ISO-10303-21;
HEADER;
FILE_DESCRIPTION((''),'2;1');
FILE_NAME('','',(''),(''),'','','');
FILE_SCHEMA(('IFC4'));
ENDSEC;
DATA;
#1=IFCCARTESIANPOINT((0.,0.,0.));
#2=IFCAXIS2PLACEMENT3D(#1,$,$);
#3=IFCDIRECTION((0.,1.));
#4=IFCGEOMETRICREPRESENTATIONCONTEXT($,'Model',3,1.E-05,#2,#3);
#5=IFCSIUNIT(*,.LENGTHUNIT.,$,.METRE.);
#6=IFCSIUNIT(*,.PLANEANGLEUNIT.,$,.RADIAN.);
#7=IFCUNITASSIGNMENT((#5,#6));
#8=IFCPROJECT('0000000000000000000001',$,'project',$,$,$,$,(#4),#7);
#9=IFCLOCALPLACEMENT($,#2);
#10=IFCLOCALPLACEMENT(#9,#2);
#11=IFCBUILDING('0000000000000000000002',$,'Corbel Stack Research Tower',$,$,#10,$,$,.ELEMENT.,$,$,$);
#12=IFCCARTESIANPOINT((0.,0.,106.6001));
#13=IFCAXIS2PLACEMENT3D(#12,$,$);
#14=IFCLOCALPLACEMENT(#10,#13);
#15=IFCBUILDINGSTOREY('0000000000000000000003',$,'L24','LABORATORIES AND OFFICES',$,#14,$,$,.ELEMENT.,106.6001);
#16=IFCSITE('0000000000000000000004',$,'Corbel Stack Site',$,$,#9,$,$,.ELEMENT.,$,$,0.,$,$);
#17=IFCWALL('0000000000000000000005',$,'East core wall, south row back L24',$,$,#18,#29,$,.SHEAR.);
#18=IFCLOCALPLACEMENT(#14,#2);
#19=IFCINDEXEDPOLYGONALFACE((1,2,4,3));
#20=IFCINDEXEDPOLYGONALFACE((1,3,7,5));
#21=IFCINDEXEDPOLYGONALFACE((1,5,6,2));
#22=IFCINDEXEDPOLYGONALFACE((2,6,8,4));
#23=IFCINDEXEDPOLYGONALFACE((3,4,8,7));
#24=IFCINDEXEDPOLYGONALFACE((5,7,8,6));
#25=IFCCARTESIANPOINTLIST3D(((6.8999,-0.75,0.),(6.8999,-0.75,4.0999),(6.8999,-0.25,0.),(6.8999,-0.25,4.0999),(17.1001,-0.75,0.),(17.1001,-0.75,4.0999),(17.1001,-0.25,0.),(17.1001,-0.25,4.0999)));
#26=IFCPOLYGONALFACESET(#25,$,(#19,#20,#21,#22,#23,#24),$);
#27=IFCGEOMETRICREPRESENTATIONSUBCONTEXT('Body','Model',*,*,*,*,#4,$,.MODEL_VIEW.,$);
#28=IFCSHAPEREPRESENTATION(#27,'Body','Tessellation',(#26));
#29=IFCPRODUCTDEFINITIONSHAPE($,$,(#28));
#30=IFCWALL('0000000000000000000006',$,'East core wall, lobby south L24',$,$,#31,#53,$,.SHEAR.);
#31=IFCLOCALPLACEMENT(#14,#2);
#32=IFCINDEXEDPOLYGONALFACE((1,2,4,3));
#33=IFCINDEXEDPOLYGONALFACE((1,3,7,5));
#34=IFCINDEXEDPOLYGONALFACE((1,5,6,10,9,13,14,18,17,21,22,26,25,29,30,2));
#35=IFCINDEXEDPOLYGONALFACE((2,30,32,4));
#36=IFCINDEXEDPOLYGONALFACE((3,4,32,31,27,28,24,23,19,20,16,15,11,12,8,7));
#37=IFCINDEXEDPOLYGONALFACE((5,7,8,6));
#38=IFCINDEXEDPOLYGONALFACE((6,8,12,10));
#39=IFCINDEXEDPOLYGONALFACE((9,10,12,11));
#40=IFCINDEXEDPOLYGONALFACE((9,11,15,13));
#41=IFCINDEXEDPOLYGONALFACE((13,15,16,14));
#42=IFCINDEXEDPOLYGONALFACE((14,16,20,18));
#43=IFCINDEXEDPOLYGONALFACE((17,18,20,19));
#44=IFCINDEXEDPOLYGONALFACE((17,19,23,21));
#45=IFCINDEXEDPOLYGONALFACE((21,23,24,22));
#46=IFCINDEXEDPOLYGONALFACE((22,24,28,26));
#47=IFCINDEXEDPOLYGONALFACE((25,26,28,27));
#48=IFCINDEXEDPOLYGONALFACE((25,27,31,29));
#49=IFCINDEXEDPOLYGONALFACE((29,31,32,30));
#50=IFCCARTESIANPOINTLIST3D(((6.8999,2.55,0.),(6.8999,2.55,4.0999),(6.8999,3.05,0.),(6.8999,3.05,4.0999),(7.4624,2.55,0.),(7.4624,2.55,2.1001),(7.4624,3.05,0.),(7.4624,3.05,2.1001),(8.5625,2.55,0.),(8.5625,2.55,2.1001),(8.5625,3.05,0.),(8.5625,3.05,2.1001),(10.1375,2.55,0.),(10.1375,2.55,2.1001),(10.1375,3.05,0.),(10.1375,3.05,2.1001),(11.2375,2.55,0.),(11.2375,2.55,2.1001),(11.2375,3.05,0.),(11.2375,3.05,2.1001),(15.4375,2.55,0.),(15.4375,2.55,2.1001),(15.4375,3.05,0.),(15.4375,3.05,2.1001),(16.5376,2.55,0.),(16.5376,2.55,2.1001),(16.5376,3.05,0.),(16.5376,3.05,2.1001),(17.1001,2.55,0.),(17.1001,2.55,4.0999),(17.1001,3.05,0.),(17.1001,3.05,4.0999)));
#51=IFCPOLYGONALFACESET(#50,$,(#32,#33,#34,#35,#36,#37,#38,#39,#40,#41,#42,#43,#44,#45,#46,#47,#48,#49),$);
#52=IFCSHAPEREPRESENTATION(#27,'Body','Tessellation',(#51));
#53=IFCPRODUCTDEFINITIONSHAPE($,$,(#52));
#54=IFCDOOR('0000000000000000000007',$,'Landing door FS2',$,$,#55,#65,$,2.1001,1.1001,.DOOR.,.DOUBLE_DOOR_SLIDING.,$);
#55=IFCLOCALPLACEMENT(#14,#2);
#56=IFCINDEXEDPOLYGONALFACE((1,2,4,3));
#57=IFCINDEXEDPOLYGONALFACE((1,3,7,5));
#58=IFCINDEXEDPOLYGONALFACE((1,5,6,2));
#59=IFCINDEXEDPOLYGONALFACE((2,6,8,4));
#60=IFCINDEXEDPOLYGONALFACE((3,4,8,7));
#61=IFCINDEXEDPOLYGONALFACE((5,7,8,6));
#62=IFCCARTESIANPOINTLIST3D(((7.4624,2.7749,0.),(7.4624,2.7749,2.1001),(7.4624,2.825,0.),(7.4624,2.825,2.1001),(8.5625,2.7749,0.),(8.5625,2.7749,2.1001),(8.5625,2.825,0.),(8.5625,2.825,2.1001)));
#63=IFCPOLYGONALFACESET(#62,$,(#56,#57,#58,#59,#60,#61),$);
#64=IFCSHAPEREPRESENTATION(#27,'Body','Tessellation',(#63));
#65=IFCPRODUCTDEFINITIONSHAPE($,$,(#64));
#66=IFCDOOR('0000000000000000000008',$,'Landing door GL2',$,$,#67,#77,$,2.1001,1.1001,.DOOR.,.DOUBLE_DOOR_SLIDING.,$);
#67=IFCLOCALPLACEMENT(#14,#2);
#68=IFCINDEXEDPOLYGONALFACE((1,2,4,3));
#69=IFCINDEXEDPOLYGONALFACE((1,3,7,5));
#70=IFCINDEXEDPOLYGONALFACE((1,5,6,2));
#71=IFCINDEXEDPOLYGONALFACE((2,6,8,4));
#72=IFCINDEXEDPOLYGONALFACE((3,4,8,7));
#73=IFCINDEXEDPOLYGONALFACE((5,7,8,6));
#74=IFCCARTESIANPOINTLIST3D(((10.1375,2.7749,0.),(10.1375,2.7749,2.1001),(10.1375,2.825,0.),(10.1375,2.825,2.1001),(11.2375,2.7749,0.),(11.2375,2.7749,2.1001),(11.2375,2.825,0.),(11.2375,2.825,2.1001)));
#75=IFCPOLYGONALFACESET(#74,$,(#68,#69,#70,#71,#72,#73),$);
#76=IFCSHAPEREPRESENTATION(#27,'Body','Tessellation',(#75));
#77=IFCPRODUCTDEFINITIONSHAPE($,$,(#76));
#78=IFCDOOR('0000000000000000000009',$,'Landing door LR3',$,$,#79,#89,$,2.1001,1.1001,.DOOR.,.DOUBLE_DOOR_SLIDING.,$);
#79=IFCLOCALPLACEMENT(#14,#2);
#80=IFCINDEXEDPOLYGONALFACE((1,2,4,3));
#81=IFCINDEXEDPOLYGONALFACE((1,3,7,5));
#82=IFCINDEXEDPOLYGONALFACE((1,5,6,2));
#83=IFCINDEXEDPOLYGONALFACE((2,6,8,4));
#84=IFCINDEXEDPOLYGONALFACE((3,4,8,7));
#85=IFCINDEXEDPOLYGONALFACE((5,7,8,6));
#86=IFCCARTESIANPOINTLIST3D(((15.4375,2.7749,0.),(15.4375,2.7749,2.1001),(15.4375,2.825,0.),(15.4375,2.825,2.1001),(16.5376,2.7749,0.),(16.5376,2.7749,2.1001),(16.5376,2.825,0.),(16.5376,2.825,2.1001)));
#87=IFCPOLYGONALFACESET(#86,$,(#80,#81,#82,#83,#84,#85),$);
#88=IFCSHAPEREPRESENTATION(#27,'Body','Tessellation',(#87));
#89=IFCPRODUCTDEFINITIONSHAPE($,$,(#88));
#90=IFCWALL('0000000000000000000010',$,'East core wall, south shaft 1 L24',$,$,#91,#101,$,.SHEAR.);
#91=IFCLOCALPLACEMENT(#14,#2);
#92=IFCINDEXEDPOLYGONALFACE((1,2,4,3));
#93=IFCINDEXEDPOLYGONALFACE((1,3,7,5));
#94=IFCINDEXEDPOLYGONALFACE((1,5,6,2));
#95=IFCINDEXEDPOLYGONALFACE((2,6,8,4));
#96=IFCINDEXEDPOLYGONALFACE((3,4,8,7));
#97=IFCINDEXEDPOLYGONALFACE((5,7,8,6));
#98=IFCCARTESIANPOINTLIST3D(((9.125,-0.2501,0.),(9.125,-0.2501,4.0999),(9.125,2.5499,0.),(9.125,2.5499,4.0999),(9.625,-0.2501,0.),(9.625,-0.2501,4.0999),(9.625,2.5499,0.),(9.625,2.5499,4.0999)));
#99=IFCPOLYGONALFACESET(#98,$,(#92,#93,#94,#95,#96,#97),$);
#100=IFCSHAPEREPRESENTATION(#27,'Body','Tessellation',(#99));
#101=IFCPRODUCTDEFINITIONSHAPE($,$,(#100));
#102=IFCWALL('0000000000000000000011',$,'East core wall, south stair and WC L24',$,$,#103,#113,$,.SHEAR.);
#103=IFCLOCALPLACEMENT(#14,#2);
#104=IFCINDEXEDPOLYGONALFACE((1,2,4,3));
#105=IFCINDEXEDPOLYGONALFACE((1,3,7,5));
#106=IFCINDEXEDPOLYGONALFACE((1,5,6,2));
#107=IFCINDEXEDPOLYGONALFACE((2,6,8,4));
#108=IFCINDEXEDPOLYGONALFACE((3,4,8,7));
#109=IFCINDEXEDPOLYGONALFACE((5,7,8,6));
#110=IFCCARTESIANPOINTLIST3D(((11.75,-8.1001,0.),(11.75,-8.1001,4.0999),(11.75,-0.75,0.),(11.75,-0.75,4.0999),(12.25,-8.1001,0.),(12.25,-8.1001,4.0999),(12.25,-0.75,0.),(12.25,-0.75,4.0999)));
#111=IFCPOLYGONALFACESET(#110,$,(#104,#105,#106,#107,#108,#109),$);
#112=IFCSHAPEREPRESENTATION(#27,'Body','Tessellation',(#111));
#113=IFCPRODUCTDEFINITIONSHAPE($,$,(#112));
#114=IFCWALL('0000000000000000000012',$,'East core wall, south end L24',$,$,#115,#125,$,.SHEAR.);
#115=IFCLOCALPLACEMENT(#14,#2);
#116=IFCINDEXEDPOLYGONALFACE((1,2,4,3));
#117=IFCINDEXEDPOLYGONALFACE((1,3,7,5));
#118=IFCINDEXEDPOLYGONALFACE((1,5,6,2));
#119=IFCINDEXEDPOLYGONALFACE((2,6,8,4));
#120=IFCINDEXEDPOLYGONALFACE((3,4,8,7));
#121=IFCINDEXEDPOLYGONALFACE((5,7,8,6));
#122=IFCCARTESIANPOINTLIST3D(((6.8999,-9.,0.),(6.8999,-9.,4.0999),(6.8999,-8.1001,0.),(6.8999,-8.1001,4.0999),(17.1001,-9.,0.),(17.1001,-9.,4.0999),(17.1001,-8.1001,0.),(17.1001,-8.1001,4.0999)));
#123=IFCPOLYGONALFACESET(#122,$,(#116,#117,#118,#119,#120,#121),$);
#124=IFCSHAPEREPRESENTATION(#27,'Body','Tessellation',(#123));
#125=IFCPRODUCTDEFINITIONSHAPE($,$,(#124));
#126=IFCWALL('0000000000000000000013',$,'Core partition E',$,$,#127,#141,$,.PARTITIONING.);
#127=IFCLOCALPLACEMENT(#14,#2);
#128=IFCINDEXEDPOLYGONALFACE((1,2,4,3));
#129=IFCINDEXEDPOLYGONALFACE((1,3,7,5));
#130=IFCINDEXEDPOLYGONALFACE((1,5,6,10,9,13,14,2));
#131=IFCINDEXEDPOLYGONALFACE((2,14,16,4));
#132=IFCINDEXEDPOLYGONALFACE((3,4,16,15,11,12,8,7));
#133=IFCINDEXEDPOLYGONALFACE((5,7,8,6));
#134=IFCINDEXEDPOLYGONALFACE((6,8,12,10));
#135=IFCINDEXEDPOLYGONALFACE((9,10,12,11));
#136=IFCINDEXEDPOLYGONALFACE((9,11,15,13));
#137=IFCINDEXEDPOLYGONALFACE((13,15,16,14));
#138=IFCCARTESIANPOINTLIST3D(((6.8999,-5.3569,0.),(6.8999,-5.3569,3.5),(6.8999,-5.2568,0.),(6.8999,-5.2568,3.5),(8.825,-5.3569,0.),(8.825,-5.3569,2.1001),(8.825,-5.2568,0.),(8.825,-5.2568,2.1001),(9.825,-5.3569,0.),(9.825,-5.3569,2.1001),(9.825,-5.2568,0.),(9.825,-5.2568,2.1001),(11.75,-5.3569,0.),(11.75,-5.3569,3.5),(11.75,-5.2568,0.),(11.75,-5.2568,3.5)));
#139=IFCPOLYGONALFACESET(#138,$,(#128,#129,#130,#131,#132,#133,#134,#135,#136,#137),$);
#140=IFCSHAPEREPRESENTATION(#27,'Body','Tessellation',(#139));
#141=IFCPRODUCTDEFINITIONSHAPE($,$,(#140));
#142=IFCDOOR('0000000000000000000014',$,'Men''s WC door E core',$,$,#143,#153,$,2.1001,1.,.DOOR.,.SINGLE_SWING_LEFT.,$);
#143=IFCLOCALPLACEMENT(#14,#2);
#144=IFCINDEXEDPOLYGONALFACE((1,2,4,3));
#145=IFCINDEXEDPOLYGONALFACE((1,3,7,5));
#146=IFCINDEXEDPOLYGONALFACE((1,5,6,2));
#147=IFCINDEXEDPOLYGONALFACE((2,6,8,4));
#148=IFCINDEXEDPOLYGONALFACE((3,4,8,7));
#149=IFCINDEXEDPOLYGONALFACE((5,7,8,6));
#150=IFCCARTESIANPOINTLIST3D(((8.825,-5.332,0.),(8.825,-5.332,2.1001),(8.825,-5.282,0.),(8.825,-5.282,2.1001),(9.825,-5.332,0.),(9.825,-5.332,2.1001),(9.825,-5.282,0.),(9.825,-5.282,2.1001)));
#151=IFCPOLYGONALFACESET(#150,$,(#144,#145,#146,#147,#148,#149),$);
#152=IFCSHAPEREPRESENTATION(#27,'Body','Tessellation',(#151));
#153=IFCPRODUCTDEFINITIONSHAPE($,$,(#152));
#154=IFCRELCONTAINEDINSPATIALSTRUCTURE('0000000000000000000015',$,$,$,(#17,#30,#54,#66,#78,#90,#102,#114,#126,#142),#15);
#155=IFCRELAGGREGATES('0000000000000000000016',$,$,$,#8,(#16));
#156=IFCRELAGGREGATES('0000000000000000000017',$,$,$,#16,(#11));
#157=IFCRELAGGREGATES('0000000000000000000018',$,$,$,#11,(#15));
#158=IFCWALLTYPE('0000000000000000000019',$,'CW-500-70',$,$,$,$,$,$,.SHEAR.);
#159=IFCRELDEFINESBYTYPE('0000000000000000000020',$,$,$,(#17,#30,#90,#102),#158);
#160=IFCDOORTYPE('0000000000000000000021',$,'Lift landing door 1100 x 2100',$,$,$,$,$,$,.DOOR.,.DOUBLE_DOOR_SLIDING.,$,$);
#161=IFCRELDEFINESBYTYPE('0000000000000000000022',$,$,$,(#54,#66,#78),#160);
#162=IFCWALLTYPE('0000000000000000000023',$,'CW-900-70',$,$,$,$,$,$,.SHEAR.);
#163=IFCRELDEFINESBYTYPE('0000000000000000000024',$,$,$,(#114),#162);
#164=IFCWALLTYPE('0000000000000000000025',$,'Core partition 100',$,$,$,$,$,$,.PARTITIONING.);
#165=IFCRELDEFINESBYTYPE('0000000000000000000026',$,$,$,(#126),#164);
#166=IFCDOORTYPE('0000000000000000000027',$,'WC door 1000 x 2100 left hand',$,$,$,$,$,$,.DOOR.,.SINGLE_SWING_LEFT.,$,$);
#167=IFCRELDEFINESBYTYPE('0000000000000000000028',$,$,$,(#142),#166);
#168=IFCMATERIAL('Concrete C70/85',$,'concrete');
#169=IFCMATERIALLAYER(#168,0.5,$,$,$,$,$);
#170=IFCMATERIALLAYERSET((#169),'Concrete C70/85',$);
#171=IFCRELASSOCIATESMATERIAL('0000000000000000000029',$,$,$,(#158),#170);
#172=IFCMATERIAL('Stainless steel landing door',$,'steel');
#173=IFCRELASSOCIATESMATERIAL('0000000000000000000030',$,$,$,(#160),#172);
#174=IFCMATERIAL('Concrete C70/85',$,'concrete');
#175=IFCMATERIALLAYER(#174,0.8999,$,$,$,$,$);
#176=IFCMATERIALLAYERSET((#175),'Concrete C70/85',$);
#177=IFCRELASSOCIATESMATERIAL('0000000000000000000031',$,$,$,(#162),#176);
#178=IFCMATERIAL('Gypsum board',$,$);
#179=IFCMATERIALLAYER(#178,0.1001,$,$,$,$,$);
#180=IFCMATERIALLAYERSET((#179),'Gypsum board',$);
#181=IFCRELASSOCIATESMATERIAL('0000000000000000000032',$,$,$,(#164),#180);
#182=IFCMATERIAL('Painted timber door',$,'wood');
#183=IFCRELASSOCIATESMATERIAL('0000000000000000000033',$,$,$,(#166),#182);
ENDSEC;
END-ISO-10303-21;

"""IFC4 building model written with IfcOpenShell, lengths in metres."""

from ifc_helpers import new_model, si_unit, direction, frame, frame_2d, origin, place, context, subcontext, project, spatial, rectangle, extrude, material, layer, layer_set, type_object, element, fill, save


model = new_model("IFC4")

# Units and contexts
model_context = context("Model", 3, precision=1e-05, world=origin(), true_north=direction((0.0, 1.0)))
body_context = subcontext(model_context, "Body", "Model", "MODEL_VIEW")
ifc_project = project(units=[si_unit("LENGTHUNIT", "METRE"), si_unit("PLANEANGLEUNIT", "RADIAN")], contexts=[model_context])

# Site, building, storey
site_placement = place(None, origin())
site = spatial("IfcSite", under=ifc_project, at=site_placement, Name="Corbel Stack Site", CompositionType="ELEMENT", RefElevation=0.0)
building_placement = place(site_placement, origin())
building = spatial("IfcBuilding", under=site, at=building_placement, Name="Corbel Stack Research Tower", CompositionType="ELEMENT")
storey_placement = place(building_placement, frame((0.0, 0.0, 106.6001)))
storey = spatial("IfcBuildingStorey", under=building, at=storey_placement, Name="L24", Description="LABORATORIES AND OFFICES", CompositionType="ELEMENT", Elevation=106.6001)

# Wall
ifc_material_1 = material(Name="Concrete C70/85", Category="concrete")
ifc_layer_1 = layer(ifc_material_1, 0.5)
ifc_layer_set_1 = layer_set([ifc_layer_1], Name="Concrete C70/85")
wall_type_1 = type_object("IfcWallType", Name="CW-500-70", PredefinedType="SHEAR", material=ifc_layer_set_1)
wall_1_placement = place(storey_placement, frame((6.8999, -0.5, 0.0), z_axis=(0.0, 0.0, 1.0), x_axis=(1.0, 0.0, 0.0)))
element("IfcWall", 1, at=wall_1_placement, inside=storey, type_object=wall_type_1, Name="East core wall, south row back L24", PredefinedType="SHEAR", context=body_context, shape_type="SweptSolid", body=[
    extrude(rectangle(XDim=10.2002, YDim=0.5, at=frame_2d((5.1001, 0.0))), origin(), (0.0, 0.0, 1.0), 4.0999),
])

# Wall, openings, doors
wall_2_placement = place(storey_placement, frame((6.8999, 2.8, 0.0), z_axis=(0.0, 0.0, 1.0), x_axis=(1.0, 0.0, 0.0)))
wall_2 = element("IfcWall", 2, at=wall_2_placement, inside=storey, type_object=wall_type_1, Name="East core wall, lobby south L24", PredefinedType="SHEAR", context=body_context, shape_type="SweptSolid", body=[
    extrude(rectangle(XDim=10.2002, YDim=0.5, at=frame_2d((5.1001, 0.0))), origin(), (0.0, 0.0, 1.0), 4.0999),
])
opening_1_placement = place(wall_2_placement, frame((0.5625, 0.0, 0.0)))
opening_1 = element("IfcOpeningElement", 3, at=opening_1_placement, cuts=wall_2, PredefinedType="OPENING", context=body_context, shape_type="SweptSolid", body=[
    extrude(rectangle(XDim=1.1001, YDim=2.1001, at=frame_2d((0.55, 1.05))), frame((0.0, 0.26, 0.0), z_axis=(0.0, -1.0, 0.0), x_axis=(1.0, 0.0, 0.0)), (0.0, 0.0, 1.0), 0.52),
])
opening_2_placement = place(wall_2_placement, frame((3.2375, 0.0, 0.0)))
opening_2 = element("IfcOpeningElement", 4, at=opening_2_placement, cuts=wall_2, PredefinedType="OPENING", context=body_context, shape_type="SweptSolid", body=[
    extrude(rectangle(XDim=1.1001, YDim=2.1001, at=frame_2d((0.55, 1.05))), frame((0.0, 0.26, 0.0), z_axis=(0.0, -1.0, 0.0), x_axis=(1.0, 0.0, 0.0)), (0.0, 0.0, 1.0), 0.52),
])
opening_3_placement = place(wall_2_placement, frame((8.5376, 0.0, 0.0)))
opening_3 = element("IfcOpeningElement", 5, at=opening_3_placement, cuts=wall_2, PredefinedType="OPENING", context=body_context, shape_type="SweptSolid", body=[
    extrude(rectangle(XDim=1.1001, YDim=2.1001, at=frame_2d((0.55, 1.05))), frame((0.0, 0.26, 0.0), z_axis=(0.0, -1.0, 0.0), x_axis=(1.0, 0.0, 0.0)), (0.0, 0.0, 1.0), 0.52),
])
ifc_material_2 = material(Name="Stainless steel landing door", Category="steel")
door_type_1 = type_object("IfcDoorType", Name="Lift landing door 1100 x 2100", OperationType="DOUBLE_DOOR_SLIDING", PredefinedType="DOOR", material=ifc_material_2)
door_1_placement = place(opening_1_placement, origin())
door_1 = element("IfcDoor", 6, at=door_1_placement, inside=storey, type_object=door_type_1, Name="Landing door FS2", OperationType="DOUBLE_DOOR_SLIDING", OverallHeight=2.1001, OverallWidth=1.1001, PredefinedType="DOOR", context=body_context, shape_type="SweptSolid", body=[
    extrude(rectangle(XDim=1.1001, YDim=2.1001, at=frame_2d((0.55, 1.05))), frame((0.0, 0.0249, 0.0), z_axis=(0.0, -1.0, 0.0), x_axis=(1.0, 0.0, 0.0)), (0.0, 0.0, 1.0), 0.05),
])
fill(opening_1, door_1)
door_2_placement = place(opening_2_placement, origin())
door_2 = element("IfcDoor", 7, at=door_2_placement, inside=storey, type_object=door_type_1, Name="Landing door GL2", OperationType="DOUBLE_DOOR_SLIDING", OverallHeight=2.1001, OverallWidth=1.1001, PredefinedType="DOOR", context=body_context, shape_type="SweptSolid", body=[
    extrude(rectangle(XDim=1.1001, YDim=2.1001, at=frame_2d((0.55, 1.05))), frame((0.0, 0.0249, 0.0), z_axis=(0.0, -1.0, 0.0), x_axis=(1.0, 0.0, 0.0)), (0.0, 0.0, 1.0), 0.05),
])
fill(opening_2, door_2)
door_3_placement = place(opening_3_placement, origin())
door_3 = element("IfcDoor", 8, at=door_3_placement, inside=storey, type_object=door_type_1, Name="Landing door LR3", OperationType="DOUBLE_DOOR_SLIDING", OverallHeight=2.1001, OverallWidth=1.1001, PredefinedType="DOOR", context=body_context, shape_type="SweptSolid", body=[
    extrude(rectangle(XDim=1.1001, YDim=2.1001, at=frame_2d((0.55, 1.05))), frame((0.0, 0.0249, 0.0), z_axis=(0.0, -1.0, 0.0), x_axis=(1.0, 0.0, 0.0)), (0.0, 0.0, 1.0), 0.05),
])
fill(opening_3, door_3)

# Walls
wall_3_placement = place(storey_placement, frame((9.375, -0.25, 0.0), z_axis=(0.0, 0.0, 1.0), x_axis=(0.0, 1.0, 0.0)))
element("IfcWall", 9, at=wall_3_placement, inside=storey, type_object=wall_type_1, Name="East core wall, south shaft 1 L24", PredefinedType="SHEAR", context=body_context, shape_type="SweptSolid", body=[
    extrude(rectangle(XDim=2.8, YDim=0.5, at=frame_2d((1.3999, 0.0))), origin(), (0.0, 0.0, 1.0), 4.0999),
])
wall_4_placement = place(storey_placement, frame((12.0, -8.1001, 0.0), z_axis=(0.0, 0.0, 1.0), x_axis=(0.0, 1.0, 0.0)))
element("IfcWall", 10, at=wall_4_placement, inside=storey, type_object=wall_type_1, Name="East core wall, south stair and WC L24", PredefinedType="SHEAR", context=body_context, shape_type="SweptSolid", body=[
    extrude(rectangle(XDim=7.3501, YDim=0.5, at=frame_2d((3.675, 0.0))), origin(), (0.0, 0.0, 1.0), 4.0999),
])

# Shared definitions
ifc_material_3 = material(Name="Concrete C70/85", Category="concrete")
ifc_layer_2 = layer(ifc_material_3, 0.8999)
ifc_layer_set_2 = layer_set([ifc_layer_2], Name="Concrete C70/85")
wall_type_2 = type_object("IfcWallType", Name="CW-900-70", PredefinedType="SHEAR", material=ifc_layer_set_2)

# Wall
wall_5_placement = place(storey_placement, frame((6.8999, -8.55, 0.0), z_axis=(0.0, 0.0, 1.0), x_axis=(1.0, 0.0, 0.0)))
element("IfcWall", 11, at=wall_5_placement, inside=storey, type_object=wall_type_2, Name="East core wall, south end L24", PredefinedType="SHEAR", context=body_context, shape_type="SweptSolid", body=[
    extrude(rectangle(XDim=10.2002, YDim=0.8999, at=frame_2d((5.1001, 0.0))), origin(), (0.0, 0.0, 1.0), 4.0999),
])

# Wall, opening, door
ifc_material_4 = material(Name="Gypsum board")
ifc_layer_3 = layer(ifc_material_4, 0.1001)
ifc_layer_set_3 = layer_set([ifc_layer_3], Name="Gypsum board")
wall_type_3 = type_object("IfcWallType", Name="Core partition 100", PredefinedType="PARTITIONING", material=ifc_layer_set_3)
wall_6_placement = place(storey_placement, frame((6.8999, -5.3069, 0.0), z_axis=(0.0, 0.0, 1.0), x_axis=(1.0, 0.0, 0.0)))
wall_6 = element("IfcWall", 12, at=wall_6_placement, inside=storey, type_object=wall_type_3, Name="Core partition E", PredefinedType="PARTITIONING", context=body_context, shape_type="SweptSolid", body=[
    extrude(rectangle(XDim=4.8501, YDim=0.1001, at=frame_2d((2.425, 0.0))), origin(), (0.0, 0.0, 1.0), 3.5),
])
opening_4_placement = place(wall_6_placement, frame((1.925, 0.0, 0.0)))
opening_4 = element("IfcOpeningElement", 13, at=opening_4_placement, cuts=wall_6, PredefinedType="OPENING", context=body_context, shape_type="SweptSolid", body=[
    extrude(rectangle(XDim=1.0, YDim=2.1001, at=frame_2d((0.5, 1.05))), frame((0.0, 0.0601, 0.0), z_axis=(0.0, -1.0, 0.0), x_axis=(1.0, 0.0, 0.0)), (0.0, 0.0, 1.0), 0.1201),
])
ifc_material_5 = material(Name="Painted timber door", Category="wood")
door_type_2 = type_object("IfcDoorType", Name="WC door 1000 x 2100 left hand", OperationType="SINGLE_SWING_LEFT", PredefinedType="DOOR", material=ifc_material_5)
door_4_placement = place(opening_4_placement, origin())
door_4 = element("IfcDoor", 14, at=door_4_placement, inside=storey, type_object=door_type_2, Name="Men's WC door E core", OperationType="SINGLE_SWING_LEFT", OverallHeight=2.1001, OverallWidth=1.0, PredefinedType="DOOR", context=body_context, shape_type="SweptSolid", body=[
    extrude(rectangle(XDim=1.0, YDim=2.1001, at=frame_2d((0.5, 1.05))), frame((0.0, 0.0249, 0.0), z_axis=(0.0, -1.0, 0.0), x_axis=(1.0, 0.0, 0.0)), (0.0, 0.0, 1.0), 0.05),
])
fill(opening_4, door_4)

save(model, "model.ifc")
